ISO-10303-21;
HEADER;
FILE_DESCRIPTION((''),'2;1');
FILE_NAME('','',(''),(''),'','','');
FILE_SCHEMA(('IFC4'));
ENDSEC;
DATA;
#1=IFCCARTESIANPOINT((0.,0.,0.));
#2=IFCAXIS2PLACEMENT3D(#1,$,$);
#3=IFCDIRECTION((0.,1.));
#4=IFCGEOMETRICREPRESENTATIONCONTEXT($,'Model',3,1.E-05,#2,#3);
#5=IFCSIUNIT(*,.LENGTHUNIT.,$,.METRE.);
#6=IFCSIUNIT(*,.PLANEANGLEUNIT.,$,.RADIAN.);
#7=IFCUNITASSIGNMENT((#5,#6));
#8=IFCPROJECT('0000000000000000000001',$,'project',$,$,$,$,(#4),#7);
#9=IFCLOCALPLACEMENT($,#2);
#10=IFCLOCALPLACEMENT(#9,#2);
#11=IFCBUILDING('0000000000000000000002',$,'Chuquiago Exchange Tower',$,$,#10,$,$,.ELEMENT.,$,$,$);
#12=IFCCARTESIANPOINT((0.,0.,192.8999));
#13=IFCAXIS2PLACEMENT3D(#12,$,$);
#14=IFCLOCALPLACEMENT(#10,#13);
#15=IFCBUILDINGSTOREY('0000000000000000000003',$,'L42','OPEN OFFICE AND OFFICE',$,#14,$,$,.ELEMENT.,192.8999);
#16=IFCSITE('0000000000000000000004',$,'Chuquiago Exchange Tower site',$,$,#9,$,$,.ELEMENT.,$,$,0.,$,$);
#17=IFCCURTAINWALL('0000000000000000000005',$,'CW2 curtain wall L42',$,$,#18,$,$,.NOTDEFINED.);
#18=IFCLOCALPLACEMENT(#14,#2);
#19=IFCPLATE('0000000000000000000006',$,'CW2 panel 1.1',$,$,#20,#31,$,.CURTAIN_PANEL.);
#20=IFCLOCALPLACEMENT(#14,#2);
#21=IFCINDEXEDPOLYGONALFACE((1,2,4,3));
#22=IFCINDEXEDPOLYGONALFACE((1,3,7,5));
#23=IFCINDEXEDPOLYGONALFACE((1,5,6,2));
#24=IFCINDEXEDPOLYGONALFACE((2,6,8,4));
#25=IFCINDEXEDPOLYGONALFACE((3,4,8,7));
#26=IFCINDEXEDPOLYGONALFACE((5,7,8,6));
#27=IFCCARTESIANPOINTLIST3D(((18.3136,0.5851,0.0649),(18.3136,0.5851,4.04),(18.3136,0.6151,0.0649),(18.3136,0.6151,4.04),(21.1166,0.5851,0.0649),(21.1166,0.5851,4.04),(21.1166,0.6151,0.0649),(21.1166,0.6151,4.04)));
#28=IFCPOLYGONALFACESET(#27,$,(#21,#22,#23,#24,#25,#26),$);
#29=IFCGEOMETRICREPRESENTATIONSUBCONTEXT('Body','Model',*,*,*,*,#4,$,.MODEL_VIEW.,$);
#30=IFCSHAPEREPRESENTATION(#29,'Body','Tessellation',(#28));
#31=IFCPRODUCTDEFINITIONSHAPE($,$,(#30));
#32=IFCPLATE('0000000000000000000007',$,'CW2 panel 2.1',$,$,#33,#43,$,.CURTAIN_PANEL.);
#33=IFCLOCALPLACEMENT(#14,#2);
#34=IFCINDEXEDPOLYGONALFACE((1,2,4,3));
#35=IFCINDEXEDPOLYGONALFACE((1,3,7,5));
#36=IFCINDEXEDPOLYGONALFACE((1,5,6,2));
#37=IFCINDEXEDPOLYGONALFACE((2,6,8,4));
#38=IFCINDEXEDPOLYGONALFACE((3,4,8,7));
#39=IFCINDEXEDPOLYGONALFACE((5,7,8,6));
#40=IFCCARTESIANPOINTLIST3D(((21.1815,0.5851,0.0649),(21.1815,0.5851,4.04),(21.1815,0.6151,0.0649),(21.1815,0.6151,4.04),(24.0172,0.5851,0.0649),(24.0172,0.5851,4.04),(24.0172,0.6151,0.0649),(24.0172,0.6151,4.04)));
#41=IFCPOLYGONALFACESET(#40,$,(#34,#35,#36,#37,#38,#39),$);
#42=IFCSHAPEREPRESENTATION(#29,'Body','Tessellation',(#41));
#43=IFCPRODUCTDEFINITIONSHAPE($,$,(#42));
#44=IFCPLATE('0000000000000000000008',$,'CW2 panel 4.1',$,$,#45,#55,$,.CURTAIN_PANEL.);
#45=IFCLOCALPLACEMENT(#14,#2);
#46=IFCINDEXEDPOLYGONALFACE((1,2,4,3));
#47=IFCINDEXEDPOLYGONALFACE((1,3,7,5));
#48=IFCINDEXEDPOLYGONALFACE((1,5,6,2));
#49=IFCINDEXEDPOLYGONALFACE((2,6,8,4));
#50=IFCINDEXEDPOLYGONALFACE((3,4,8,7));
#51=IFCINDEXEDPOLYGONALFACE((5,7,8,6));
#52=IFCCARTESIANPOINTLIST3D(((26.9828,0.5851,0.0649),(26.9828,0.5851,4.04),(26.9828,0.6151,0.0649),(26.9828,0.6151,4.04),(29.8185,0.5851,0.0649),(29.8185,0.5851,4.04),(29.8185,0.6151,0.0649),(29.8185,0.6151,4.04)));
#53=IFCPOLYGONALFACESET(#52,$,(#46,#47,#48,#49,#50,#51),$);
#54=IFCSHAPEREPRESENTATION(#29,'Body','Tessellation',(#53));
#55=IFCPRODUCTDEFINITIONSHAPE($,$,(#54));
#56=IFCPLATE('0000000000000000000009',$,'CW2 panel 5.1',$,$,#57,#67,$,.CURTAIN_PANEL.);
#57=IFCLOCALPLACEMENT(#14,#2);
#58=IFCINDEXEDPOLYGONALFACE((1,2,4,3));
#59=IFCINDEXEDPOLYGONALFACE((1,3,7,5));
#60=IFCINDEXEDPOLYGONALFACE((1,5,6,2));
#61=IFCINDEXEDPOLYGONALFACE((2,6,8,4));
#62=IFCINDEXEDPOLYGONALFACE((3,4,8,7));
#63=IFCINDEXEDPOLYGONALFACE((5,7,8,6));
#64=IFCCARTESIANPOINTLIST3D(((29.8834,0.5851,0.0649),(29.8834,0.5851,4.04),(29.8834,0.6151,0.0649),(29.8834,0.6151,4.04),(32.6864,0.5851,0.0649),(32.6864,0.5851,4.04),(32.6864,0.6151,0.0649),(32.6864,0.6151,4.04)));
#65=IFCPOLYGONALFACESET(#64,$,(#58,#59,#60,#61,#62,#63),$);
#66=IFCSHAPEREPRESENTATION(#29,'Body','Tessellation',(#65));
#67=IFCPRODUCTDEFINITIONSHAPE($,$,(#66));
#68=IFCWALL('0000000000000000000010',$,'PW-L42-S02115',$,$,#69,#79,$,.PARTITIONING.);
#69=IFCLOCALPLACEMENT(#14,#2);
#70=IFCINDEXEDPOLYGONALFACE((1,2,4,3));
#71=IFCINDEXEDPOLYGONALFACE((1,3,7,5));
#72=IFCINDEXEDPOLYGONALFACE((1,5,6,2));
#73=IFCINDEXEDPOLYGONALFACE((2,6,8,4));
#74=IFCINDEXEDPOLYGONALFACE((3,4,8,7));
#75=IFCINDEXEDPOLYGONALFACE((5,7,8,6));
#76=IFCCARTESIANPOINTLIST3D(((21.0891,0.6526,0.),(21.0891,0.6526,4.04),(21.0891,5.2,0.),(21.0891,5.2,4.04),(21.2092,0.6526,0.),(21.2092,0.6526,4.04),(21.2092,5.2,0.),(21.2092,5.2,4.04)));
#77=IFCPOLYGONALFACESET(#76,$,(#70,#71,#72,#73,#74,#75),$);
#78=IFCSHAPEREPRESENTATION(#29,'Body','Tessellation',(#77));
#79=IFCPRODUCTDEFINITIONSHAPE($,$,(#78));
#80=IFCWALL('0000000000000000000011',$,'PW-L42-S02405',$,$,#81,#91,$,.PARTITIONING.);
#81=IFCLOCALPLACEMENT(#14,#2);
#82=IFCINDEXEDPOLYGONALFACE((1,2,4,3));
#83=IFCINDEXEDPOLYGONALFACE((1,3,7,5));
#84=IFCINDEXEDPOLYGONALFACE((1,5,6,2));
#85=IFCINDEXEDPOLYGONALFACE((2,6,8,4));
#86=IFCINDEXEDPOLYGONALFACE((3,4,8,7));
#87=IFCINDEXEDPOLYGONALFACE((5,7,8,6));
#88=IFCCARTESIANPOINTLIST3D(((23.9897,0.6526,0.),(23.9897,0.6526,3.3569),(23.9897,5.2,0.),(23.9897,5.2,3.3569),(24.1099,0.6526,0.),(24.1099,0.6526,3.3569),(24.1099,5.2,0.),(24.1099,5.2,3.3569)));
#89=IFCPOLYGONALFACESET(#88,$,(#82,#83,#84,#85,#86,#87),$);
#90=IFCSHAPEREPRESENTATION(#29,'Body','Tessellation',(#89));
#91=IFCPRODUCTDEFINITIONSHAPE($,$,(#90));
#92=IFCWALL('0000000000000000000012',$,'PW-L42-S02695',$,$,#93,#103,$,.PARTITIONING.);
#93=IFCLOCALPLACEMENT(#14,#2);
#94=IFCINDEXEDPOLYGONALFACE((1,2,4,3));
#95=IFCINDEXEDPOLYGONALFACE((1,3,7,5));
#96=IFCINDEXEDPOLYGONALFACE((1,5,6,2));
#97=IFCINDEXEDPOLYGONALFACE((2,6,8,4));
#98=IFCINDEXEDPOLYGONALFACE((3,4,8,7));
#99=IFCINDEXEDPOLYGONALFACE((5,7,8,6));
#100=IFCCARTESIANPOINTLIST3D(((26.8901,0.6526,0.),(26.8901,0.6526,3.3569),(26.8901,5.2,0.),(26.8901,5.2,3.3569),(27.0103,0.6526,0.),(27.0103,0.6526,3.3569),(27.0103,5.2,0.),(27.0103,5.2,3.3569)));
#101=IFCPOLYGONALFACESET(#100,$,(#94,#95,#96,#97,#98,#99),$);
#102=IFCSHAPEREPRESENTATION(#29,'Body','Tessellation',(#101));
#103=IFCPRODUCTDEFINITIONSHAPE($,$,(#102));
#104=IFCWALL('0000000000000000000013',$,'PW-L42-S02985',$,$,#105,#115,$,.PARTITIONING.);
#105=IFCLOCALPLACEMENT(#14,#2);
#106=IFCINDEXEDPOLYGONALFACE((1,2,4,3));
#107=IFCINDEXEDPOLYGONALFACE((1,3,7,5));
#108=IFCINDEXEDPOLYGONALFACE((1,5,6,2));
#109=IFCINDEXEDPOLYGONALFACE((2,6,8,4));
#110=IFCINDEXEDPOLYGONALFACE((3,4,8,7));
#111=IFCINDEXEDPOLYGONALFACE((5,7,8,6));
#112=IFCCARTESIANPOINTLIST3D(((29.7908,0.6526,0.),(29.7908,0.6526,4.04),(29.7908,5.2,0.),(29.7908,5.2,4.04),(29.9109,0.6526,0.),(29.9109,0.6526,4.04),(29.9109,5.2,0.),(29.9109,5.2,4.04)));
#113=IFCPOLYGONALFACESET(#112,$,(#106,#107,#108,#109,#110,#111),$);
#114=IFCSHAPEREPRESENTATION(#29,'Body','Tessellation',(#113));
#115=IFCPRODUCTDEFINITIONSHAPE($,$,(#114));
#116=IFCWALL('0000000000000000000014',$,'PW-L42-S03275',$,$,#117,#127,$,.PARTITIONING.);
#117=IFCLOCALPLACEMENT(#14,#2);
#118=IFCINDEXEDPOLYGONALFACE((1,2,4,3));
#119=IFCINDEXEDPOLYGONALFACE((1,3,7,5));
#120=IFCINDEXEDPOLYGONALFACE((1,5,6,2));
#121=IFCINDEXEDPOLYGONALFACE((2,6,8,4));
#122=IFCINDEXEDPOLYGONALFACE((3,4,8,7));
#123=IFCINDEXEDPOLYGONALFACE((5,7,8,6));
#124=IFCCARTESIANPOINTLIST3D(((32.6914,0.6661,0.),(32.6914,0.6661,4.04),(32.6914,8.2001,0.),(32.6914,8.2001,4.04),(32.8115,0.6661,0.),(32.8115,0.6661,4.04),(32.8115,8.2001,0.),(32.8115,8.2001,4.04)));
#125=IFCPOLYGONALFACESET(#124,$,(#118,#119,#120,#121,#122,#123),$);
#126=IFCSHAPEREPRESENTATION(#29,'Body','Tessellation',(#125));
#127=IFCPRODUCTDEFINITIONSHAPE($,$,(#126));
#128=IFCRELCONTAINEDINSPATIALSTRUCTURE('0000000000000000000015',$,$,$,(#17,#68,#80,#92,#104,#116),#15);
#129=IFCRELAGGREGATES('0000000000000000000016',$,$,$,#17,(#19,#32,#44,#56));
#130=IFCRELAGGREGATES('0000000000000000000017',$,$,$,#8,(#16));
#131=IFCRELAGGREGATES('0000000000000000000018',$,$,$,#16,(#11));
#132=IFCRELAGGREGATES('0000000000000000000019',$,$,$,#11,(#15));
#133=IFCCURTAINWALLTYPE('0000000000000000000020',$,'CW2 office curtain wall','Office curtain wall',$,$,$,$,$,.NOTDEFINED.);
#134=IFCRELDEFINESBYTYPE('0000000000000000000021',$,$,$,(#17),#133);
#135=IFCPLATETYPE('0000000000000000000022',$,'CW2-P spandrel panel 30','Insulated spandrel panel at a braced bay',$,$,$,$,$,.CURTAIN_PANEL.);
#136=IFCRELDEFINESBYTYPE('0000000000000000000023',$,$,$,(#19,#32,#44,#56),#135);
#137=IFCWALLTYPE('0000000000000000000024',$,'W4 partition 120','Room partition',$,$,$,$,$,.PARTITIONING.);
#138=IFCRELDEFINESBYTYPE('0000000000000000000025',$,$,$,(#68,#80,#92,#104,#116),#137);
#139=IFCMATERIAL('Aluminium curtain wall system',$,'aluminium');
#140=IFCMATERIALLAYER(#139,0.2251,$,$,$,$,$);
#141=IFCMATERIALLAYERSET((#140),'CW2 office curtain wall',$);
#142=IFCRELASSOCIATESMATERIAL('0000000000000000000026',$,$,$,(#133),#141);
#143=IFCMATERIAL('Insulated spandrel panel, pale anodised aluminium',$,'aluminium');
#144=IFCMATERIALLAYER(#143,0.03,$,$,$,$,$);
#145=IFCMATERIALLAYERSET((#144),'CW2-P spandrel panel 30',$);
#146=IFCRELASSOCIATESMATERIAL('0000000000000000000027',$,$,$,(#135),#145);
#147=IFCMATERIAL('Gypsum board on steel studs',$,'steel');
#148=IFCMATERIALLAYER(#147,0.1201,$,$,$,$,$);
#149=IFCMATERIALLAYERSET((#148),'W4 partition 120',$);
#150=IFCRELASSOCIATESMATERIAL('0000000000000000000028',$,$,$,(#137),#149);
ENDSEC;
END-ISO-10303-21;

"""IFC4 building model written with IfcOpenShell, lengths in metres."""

from ifc_helpers import new_model, si_unit, direction, frame, frame_2d, origin, origin_2d, place, context, subcontext, project, spatial, rectangle, extrude, material, layer, layer_set, type_object, element, aggregate, save


model = new_model("IFC4")

# Units and contexts
model_context = context("Model", 3, precision=1e-05, world=origin(), true_north=direction((0.0, 1.0)))
body_context = subcontext(model_context, "Body", "Model", "MODEL_VIEW")
ifc_project = project(units=[si_unit("LENGTHUNIT", "METRE"), si_unit("PLANEANGLEUNIT", "RADIAN")], contexts=[model_context])

# Site, building, storey
site_placement = place(None, origin())
site = spatial("IfcSite", under=ifc_project, at=site_placement, Name="Chuquiago Exchange Tower site", CompositionType="ELEMENT", RefElevation=0.0)
building_placement = place(site_placement, origin())
building = spatial("IfcBuilding", under=site, at=building_placement, Name="Chuquiago Exchange Tower", CompositionType="ELEMENT")
storey_placement = place(building_placement, frame((0.0, 0.0, 192.8999)))
storey = spatial("IfcBuildingStorey", under=building, at=storey_placement, Name="L42", Description="OPEN OFFICE AND OFFICE", CompositionType="ELEMENT", Elevation=192.8999)

# Curtain wall
ifc_material_1 = material(Name="Aluminium curtain wall system", Category="aluminium")
ifc_layer_1 = layer(ifc_material_1, 0.2251)
ifc_layer_set_1 = layer_set([ifc_layer_1], Name="CW2 office curtain wall")
curtain_wall_type = type_object("IfcCurtainWallType", Name="CW2 office curtain wall", Description="Office curtain wall", PredefinedType="NOTDEFINED", material=ifc_layer_set_1)
curtain_wall_placement = place(storey_placement, origin())
curtain_wall = element("IfcCurtainWall", 1, at=curtain_wall_placement, inside=storey, type_object=curtain_wall_type, Name="CW2 curtain wall L42", PredefinedType="NOTDEFINED")

# Plates
ifc_material_2 = material(Name="Insulated spandrel panel, pale anodised aluminium", Category="aluminium")
ifc_layer_2 = layer(ifc_material_2, 0.03)
ifc_layer_set_2 = layer_set([ifc_layer_2], Name="CW2-P spandrel panel 30")
plate_type_1 = type_object("IfcPlateType", Name="CW2-P spandrel panel 30", Description="Insulated spandrel panel at a braced bay", PredefinedType="CURTAIN_PANEL", material=ifc_layer_set_2)
plate_1_placement = place(storey_placement, frame((19.7151, 0.6001, 0.0649), z_axis=(0.0, 0.0, 1.0), x_axis=(1.0, 0.0, 0.0)))
plate_1 = element("IfcPlate", 2, at=plate_1_placement, type_object=plate_type_1, Name="CW2 panel 1.1", PredefinedType="CURTAIN_PANEL", context=body_context, shape_type="SweptSolid", body=[
    extrude(rectangle(XDim=2.803, YDim=0.03, at=origin_2d()), origin(), (0.0, 0.0, 1.0), 3.9751),
])
plate_2_placement = place(storey_placement, frame((22.5994, 0.6001, 0.0649), z_axis=(0.0, 0.0, 1.0), x_axis=(1.0, 0.0, 0.0)))
plate_2 = element("IfcPlate", 3, at=plate_2_placement, type_object=plate_type_1, Name="CW2 panel 2.1", PredefinedType="CURTAIN_PANEL", context=body_context, shape_type="SweptSolid", body=[
    extrude(rectangle(XDim=2.8357, YDim=0.03, at=origin_2d()), origin(), (0.0, 0.0, 1.0), 3.9751),
])
plate_3_placement = place(storey_placement, frame((28.4006, 0.6001, 0.0649), z_axis=(0.0, 0.0, 1.0), x_axis=(1.0, 0.0, 0.0)))
plate_3 = element("IfcPlate", 4, at=plate_3_placement, type_object=plate_type_1, Name="CW2 panel 4.1", PredefinedType="CURTAIN_PANEL", context=body_context, shape_type="SweptSolid", body=[
    extrude(rectangle(XDim=2.8357, YDim=0.03, at=origin_2d()), origin(), (0.0, 0.0, 1.0), 3.9751),
])
plate_4_placement = place(storey_placement, frame((31.2849, 0.6001, 0.0649), z_axis=(0.0, 0.0, 1.0), x_axis=(1.0, 0.0, 0.0)))
plate_4 = element("IfcPlate", 5, at=plate_4_placement, type_object=plate_type_1, Name="CW2 panel 5.1", PredefinedType="CURTAIN_PANEL", context=body_context, shape_type="SweptSolid", body=[
    extrude(rectangle(XDim=2.803, YDim=0.03, at=origin_2d()), origin(), (0.0, 0.0, 1.0), 3.9751),
])
aggregate(curtain_wall, [plate_1, plate_2, plate_3, plate_4])

# Walls
ifc_material_3 = material(Name="Gypsum board on steel studs", Category="steel")
ifc_layer_3 = layer(ifc_material_3, 0.1201)
ifc_layer_set_3 = layer_set([ifc_layer_3], Name="W4 partition 120")
wall_type = type_object("IfcWallType", Name="W4 partition 120", Description="Room partition", PredefinedType="PARTITIONING", material=ifc_layer_set_3)
wall_1_placement = place(storey_placement, frame((21.1492, 0.6526, 0.0), z_axis=(0.0, 0.0, 1.0), x_axis=(0.0, 1.0, 0.0)))
element("IfcWall", 6, at=wall_1_placement, inside=storey, type_object=wall_type, Name="PW-L42-S02115", PredefinedType="PARTITIONING", context=body_context, shape_type="SweptSolid", body=[
    extrude(rectangle(XDim=4.5474, YDim=0.1201, at=frame_2d((2.2737, 0.0))), origin(), (0.0, 0.0, 1.0), 4.04),
])
for number, where, z_axis, x_axis, name in (
    (7, (24.0498, 0.6526, 0.0), (0.0, 0.0, 1.0), (0.0, 1.0, 0.0), "PW-L42-S02405"),
    (8, (26.9502, 0.6526, 0.0), (0.0, 0.0, 1.0), (0.0, 1.0, 0.0), "PW-L42-S02695"),
):
    element("IfcWall", number, at=place(storey_placement, frame(where, z_axis=z_axis, x_axis=x_axis)), inside=storey, type_object=wall_type, Name=name, PredefinedType="PARTITIONING", context=body_context, shape_type="SweptSolid", body=[
        extrude(rectangle(XDim=4.5474, YDim=0.1201, at=frame_2d((2.2737, 0.0))), origin(), (0.0, 0.0, 1.0), 3.3569),
    ])
wall_2_placement = place(storey_placement, frame((29.8508, 0.6526, 0.0), z_axis=(0.0, 0.0, 1.0), x_axis=(0.0, 1.0, 0.0)))
element("IfcWall", 9, at=wall_2_placement, inside=storey, type_object=wall_type, Name="PW-L42-S02985", PredefinedType="PARTITIONING", context=body_context, shape_type="SweptSolid", body=[
    extrude(rectangle(XDim=4.5474, YDim=0.1201, at=frame_2d((2.2737, 0.0))), origin(), (0.0, 0.0, 1.0), 4.04),
])
wall_3_placement = place(storey_placement, frame((32.7515, 0.666, 0.0), z_axis=(0.0, 0.0, 1.0), x_axis=(0.0, 1.0, 0.0)))
element("IfcWall", 10, at=wall_3_placement, inside=storey, type_object=wall_type, Name="PW-L42-S03275", PredefinedType="PARTITIONING", context=body_context, shape_type="SweptSolid", body=[
    extrude(rectangle(XDim=7.5339, YDim=0.1201, at=frame_2d((3.7671, 0.0))), origin(), (0.0, 0.0, 1.0), 4.04),
])

save(model, "model.ifc")
